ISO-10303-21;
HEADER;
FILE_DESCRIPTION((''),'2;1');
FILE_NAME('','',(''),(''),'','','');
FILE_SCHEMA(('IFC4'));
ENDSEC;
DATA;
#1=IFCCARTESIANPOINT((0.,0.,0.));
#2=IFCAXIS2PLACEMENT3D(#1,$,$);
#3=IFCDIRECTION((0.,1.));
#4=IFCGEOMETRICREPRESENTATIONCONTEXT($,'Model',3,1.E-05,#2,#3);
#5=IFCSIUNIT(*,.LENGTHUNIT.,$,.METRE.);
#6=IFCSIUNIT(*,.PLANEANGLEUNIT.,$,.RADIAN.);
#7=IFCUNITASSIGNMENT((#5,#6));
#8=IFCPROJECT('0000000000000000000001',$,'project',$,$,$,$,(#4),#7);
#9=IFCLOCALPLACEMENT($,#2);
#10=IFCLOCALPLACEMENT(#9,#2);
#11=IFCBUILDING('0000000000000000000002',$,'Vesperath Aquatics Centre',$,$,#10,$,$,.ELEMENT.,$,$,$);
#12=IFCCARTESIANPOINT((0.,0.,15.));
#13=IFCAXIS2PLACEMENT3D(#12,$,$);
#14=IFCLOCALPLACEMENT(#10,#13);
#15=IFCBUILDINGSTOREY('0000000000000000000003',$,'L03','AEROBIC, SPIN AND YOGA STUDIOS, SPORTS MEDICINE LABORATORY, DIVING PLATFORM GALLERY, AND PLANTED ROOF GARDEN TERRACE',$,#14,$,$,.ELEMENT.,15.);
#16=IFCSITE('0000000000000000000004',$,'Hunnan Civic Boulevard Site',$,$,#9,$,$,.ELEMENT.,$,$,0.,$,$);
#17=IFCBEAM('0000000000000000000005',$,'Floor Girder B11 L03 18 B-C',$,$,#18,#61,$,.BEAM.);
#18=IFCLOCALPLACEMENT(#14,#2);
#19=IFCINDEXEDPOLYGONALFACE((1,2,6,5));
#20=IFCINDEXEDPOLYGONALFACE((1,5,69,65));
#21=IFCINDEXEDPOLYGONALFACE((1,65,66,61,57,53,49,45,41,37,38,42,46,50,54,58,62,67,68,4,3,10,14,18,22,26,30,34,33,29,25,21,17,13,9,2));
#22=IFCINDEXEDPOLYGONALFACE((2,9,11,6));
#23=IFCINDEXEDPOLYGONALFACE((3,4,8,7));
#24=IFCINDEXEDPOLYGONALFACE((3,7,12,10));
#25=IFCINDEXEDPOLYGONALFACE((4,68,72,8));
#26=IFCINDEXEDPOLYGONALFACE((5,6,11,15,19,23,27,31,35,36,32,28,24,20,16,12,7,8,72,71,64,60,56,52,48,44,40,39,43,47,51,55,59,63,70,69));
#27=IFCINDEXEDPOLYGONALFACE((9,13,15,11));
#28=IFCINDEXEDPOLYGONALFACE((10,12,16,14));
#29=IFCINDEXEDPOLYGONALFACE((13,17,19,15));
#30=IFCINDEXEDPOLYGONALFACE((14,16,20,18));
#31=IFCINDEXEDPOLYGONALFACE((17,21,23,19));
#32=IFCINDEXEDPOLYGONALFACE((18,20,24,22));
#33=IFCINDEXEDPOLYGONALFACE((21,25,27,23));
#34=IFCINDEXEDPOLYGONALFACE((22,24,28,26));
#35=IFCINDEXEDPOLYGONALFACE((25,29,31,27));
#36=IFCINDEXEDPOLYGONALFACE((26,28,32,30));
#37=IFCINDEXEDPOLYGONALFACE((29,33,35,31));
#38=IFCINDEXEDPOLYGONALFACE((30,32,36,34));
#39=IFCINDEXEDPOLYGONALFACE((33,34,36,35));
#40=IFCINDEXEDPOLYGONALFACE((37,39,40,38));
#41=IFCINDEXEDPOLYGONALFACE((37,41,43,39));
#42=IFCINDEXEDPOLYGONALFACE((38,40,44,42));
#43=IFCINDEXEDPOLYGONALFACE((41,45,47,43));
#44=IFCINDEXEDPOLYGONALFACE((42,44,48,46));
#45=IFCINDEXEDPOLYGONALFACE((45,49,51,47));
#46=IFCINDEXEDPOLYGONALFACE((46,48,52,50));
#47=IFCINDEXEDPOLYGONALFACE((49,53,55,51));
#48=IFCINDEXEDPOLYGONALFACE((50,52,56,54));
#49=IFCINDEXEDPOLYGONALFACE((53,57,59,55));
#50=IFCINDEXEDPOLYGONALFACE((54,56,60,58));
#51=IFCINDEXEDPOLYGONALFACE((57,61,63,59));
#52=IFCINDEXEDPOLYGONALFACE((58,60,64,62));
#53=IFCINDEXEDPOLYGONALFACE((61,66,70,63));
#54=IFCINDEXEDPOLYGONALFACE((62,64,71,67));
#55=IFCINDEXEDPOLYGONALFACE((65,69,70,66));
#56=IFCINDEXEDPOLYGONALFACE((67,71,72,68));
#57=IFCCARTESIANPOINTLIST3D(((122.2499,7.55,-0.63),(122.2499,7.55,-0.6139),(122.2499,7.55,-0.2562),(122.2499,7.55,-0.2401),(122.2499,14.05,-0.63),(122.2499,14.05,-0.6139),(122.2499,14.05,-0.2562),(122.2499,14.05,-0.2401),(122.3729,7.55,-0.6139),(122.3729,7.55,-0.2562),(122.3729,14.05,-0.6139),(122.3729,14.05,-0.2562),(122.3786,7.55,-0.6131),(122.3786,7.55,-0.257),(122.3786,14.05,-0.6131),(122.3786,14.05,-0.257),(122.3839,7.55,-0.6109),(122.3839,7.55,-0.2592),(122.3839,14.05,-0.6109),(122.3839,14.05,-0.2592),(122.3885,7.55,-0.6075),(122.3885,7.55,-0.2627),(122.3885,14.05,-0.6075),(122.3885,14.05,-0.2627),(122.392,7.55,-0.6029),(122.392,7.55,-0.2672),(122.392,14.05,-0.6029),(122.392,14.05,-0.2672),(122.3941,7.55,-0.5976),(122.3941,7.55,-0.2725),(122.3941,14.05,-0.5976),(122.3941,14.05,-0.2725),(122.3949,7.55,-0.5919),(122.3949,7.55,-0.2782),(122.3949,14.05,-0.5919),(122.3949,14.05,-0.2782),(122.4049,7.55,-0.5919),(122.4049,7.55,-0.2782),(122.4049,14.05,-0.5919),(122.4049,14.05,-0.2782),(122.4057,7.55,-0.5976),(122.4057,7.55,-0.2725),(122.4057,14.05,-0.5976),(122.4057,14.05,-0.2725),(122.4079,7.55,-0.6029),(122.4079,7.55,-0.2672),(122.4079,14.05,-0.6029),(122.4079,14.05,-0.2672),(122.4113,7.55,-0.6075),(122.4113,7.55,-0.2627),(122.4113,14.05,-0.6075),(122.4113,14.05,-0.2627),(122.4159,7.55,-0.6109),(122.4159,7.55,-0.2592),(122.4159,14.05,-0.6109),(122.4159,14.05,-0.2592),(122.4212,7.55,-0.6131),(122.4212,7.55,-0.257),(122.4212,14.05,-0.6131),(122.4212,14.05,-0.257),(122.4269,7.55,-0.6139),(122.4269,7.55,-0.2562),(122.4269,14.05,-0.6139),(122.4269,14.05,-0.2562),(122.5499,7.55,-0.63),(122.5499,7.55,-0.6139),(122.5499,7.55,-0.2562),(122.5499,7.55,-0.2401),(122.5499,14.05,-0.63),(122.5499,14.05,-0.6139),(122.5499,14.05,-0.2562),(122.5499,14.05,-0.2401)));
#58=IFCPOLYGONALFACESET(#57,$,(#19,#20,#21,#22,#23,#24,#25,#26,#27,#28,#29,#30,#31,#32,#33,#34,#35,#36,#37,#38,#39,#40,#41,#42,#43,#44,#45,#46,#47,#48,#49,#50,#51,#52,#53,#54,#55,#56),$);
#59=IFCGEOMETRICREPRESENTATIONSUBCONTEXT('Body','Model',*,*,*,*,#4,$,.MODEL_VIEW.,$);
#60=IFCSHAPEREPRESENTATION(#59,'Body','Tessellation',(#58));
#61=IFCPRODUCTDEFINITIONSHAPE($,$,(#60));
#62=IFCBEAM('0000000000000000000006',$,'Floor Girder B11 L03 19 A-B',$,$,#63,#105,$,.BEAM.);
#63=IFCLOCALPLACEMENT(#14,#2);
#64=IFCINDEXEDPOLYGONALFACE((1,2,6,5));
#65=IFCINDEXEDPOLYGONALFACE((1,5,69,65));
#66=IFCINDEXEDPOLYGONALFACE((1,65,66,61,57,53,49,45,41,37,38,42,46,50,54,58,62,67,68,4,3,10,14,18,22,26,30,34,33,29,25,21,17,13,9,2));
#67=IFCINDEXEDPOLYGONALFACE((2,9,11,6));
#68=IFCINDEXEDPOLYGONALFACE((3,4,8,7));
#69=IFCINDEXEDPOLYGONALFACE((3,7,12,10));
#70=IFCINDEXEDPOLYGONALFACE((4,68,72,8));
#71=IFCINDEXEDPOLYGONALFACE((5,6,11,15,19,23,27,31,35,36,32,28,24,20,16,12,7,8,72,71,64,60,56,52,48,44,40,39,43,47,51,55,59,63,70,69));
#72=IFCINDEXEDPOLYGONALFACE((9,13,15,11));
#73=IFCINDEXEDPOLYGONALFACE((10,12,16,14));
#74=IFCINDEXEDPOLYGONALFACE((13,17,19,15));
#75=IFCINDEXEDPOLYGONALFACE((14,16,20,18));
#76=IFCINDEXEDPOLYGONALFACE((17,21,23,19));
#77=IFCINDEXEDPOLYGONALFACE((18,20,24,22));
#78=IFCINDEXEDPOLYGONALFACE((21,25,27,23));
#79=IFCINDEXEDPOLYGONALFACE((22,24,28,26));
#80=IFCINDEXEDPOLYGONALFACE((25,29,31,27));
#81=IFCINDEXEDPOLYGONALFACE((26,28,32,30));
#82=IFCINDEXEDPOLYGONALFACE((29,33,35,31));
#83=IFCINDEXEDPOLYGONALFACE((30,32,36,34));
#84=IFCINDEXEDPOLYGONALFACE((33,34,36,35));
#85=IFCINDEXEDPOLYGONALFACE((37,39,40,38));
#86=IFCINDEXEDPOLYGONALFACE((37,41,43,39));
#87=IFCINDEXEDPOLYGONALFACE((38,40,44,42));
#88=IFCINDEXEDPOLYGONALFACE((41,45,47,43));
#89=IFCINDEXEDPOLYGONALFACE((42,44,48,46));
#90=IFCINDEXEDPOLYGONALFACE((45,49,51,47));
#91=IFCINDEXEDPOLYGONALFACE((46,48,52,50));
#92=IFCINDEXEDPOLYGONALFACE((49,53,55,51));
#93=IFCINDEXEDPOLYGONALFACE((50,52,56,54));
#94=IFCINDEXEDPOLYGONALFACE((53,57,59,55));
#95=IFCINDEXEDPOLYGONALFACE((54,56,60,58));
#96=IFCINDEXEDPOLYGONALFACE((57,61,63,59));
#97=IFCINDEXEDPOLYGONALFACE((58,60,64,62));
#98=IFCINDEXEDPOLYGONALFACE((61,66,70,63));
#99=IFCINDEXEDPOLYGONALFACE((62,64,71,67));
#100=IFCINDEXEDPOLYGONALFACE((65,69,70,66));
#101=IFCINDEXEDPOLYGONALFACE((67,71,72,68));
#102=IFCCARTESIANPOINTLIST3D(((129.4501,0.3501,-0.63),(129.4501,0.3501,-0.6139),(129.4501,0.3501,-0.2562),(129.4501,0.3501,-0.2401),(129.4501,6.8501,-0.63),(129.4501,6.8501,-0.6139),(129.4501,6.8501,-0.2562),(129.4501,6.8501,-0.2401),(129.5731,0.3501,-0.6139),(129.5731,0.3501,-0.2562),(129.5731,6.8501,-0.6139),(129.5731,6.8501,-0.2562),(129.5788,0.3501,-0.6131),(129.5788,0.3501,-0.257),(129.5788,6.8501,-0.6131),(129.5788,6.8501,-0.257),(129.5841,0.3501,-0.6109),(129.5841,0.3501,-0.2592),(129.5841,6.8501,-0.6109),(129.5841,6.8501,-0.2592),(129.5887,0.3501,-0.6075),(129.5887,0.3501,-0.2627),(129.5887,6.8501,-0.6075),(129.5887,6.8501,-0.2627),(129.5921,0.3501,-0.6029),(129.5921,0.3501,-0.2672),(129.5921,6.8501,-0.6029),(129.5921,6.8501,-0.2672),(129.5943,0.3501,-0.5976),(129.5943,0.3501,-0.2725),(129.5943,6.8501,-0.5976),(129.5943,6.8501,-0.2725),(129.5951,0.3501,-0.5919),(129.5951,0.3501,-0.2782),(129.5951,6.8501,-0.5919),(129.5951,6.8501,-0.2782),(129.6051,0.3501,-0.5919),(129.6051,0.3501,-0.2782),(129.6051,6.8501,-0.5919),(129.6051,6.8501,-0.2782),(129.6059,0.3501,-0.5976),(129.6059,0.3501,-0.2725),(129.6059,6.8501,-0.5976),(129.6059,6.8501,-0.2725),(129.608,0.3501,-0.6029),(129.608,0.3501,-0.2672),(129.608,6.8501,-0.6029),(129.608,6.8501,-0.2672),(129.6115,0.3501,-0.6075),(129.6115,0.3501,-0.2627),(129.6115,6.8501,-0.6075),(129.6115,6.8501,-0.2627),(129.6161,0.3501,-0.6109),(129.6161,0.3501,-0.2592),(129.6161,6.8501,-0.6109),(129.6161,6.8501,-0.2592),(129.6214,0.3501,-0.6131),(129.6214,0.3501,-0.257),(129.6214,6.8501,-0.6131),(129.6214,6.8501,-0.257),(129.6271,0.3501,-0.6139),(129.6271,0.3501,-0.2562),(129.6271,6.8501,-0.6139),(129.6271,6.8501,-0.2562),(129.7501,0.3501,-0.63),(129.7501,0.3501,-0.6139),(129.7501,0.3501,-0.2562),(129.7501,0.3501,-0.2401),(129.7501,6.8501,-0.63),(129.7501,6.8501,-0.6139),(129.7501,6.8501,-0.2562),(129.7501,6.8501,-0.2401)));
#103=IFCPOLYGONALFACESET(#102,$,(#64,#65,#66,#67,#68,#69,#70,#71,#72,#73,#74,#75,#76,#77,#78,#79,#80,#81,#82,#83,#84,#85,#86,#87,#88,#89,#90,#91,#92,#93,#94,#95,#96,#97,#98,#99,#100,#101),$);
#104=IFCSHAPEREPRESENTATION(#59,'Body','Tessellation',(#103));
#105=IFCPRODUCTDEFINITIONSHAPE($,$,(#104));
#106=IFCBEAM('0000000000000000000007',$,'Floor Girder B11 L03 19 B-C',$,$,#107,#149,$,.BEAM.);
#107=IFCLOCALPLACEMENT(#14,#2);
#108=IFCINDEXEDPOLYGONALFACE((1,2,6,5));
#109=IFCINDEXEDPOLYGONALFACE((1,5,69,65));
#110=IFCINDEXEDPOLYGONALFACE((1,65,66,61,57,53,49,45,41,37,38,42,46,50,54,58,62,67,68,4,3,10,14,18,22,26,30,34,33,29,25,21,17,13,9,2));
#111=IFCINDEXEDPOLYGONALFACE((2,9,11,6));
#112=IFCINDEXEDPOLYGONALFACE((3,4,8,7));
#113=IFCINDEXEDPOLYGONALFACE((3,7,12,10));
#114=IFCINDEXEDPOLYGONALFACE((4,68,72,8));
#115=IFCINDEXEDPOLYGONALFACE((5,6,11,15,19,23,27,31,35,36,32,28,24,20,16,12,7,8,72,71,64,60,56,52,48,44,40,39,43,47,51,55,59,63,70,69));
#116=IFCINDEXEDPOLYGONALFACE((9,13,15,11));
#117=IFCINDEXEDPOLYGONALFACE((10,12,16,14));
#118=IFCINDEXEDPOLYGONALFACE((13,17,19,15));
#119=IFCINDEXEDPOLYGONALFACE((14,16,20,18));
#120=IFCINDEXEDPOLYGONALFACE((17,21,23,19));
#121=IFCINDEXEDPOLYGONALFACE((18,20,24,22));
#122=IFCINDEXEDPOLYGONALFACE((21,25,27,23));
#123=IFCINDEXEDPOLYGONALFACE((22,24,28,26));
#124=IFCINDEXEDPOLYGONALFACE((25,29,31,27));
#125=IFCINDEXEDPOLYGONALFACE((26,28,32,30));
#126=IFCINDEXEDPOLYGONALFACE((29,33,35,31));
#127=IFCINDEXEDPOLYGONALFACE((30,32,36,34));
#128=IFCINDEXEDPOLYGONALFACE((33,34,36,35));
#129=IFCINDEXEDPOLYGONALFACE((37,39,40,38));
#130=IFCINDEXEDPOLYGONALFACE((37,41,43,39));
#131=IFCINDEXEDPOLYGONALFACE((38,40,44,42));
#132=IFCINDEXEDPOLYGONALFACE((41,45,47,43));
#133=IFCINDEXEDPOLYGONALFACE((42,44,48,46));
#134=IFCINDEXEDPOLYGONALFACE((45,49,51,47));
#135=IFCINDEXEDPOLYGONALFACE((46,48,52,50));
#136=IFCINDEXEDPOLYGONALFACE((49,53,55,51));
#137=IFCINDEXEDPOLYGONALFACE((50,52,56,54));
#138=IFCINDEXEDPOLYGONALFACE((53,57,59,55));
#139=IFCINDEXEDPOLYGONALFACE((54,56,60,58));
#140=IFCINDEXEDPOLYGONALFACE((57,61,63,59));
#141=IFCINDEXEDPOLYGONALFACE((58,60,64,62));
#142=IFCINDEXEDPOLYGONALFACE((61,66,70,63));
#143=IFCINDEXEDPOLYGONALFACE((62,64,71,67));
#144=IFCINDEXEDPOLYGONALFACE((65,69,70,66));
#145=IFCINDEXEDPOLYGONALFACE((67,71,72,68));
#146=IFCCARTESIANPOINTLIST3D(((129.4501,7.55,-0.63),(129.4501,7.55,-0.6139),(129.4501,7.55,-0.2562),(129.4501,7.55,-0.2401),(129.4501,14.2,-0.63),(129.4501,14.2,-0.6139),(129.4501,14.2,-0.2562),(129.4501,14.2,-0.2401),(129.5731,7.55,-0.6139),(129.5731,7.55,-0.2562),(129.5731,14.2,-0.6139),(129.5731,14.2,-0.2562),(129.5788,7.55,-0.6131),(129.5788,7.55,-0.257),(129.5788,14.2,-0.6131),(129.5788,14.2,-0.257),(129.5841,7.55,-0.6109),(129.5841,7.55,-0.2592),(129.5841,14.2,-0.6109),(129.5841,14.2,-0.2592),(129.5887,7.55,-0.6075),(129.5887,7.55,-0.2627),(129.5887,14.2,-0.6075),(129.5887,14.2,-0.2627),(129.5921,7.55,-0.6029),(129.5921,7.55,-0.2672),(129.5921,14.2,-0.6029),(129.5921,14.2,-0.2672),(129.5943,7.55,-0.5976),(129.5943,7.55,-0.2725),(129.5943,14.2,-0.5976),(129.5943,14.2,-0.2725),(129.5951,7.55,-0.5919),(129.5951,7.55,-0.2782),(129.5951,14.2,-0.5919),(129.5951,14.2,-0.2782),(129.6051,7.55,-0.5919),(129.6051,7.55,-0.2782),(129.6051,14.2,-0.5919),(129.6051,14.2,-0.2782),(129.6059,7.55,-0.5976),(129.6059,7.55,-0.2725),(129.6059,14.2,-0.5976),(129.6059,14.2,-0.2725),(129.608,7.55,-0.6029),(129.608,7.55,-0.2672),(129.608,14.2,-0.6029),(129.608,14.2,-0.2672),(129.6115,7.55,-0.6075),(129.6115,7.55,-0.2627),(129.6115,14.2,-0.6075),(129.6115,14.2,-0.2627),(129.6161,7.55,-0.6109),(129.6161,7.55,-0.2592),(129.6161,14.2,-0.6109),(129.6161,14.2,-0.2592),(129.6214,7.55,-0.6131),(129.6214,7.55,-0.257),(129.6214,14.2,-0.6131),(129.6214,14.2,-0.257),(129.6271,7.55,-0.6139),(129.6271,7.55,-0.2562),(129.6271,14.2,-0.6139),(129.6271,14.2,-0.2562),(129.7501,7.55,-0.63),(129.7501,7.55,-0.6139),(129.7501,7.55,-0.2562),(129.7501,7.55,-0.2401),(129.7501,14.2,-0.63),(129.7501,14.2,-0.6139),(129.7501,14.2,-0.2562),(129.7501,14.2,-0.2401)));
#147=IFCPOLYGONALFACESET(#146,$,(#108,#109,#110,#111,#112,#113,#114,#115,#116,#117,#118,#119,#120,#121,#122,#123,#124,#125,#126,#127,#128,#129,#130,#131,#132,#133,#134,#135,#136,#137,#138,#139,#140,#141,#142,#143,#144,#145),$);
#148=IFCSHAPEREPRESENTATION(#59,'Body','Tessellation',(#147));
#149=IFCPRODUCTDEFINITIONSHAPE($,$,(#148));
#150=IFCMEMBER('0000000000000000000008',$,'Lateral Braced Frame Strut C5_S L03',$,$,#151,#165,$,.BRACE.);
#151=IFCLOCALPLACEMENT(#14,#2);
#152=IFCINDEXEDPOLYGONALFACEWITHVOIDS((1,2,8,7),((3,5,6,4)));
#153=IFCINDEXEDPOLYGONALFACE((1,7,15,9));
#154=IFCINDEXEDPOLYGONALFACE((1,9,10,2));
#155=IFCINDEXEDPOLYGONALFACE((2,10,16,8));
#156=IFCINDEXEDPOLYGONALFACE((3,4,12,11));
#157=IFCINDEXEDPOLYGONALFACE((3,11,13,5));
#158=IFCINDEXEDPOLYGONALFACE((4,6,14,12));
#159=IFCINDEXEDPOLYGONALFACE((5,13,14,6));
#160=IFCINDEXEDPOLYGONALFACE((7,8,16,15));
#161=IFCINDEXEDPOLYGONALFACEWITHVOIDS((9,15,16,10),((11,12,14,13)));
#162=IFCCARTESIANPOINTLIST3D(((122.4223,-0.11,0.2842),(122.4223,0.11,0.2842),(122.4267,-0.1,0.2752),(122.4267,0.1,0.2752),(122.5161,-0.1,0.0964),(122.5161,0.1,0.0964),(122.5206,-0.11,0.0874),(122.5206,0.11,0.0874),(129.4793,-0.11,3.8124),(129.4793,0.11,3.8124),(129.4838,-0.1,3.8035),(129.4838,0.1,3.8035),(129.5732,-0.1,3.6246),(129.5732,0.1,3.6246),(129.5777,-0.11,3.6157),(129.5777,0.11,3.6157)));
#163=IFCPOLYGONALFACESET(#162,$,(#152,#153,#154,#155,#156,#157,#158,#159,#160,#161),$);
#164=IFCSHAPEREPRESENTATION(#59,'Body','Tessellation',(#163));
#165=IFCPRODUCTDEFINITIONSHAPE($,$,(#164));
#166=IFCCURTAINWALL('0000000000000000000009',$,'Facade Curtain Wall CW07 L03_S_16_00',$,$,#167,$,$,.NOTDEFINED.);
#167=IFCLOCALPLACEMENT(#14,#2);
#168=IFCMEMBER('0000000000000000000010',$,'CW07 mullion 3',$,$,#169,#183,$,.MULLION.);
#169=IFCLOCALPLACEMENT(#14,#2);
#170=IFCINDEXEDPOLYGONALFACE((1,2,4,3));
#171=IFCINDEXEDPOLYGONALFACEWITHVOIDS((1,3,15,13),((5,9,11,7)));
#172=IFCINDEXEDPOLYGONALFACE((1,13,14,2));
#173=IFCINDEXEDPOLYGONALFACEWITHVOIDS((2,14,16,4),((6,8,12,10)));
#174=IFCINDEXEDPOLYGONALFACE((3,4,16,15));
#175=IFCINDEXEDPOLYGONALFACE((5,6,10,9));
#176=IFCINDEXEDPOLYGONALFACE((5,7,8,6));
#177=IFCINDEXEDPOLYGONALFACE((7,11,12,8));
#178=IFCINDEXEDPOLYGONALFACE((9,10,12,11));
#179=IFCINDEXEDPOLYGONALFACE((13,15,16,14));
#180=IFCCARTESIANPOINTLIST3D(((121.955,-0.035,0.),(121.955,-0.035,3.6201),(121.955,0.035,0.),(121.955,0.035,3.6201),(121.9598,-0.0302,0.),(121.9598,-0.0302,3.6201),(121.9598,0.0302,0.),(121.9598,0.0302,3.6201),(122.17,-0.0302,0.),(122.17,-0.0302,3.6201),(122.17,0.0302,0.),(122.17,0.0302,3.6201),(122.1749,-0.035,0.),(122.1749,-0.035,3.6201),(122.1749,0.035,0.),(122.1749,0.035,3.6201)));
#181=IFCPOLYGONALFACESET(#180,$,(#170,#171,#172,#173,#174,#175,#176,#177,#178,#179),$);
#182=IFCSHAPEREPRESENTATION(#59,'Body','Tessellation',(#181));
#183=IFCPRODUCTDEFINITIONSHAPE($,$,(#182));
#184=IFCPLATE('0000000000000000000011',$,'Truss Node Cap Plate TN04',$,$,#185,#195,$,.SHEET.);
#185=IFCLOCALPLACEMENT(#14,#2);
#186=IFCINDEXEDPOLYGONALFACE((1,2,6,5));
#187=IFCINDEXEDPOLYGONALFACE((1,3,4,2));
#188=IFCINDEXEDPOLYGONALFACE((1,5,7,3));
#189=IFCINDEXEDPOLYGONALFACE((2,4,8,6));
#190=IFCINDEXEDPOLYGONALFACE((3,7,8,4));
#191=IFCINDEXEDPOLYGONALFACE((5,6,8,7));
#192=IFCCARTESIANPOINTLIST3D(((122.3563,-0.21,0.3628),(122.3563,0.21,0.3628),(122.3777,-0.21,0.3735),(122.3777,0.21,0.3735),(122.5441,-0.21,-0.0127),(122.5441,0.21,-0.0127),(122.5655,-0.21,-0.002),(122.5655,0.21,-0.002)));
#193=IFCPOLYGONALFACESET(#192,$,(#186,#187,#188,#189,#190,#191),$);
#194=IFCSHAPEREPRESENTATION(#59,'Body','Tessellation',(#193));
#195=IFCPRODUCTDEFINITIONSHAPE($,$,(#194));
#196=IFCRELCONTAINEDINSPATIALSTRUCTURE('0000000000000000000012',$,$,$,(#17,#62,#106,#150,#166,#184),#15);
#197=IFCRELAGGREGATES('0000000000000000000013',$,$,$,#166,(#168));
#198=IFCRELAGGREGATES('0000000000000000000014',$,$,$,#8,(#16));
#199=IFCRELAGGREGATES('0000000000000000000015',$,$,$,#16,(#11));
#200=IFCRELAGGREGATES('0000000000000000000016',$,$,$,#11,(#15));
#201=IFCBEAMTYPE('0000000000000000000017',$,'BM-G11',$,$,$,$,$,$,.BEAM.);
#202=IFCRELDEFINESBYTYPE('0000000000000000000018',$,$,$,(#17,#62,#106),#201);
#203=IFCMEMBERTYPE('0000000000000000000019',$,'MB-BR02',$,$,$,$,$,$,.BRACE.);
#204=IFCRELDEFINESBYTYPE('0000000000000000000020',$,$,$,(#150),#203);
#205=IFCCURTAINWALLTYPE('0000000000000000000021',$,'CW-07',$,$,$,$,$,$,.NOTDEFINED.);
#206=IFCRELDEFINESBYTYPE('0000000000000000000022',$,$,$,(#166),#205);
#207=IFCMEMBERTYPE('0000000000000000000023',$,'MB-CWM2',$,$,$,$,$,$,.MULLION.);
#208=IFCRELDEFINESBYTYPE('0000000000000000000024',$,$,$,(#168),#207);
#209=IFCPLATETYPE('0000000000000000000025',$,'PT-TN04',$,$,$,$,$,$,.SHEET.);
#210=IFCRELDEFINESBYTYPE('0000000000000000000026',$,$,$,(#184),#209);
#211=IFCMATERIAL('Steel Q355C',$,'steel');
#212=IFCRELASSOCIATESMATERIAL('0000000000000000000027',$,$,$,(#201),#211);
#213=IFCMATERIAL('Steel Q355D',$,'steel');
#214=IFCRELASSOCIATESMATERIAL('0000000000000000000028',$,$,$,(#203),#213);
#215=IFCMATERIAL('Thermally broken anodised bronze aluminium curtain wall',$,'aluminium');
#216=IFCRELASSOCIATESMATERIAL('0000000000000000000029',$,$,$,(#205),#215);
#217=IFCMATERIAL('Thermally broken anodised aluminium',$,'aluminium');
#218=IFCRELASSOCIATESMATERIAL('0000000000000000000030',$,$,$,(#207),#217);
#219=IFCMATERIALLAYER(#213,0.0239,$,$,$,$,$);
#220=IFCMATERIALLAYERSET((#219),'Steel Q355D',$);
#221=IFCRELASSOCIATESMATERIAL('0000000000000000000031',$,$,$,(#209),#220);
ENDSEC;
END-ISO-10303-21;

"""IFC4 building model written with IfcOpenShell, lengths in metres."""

from ifc_helpers import new_model, si_unit, direction, frame, origin, origin_2d, place, context, subcontext, project, spatial, rectangle, hollow_rectangle, i_section, extrude, material, layer, layer_set, material_profile, profile_set, type_object, element, aggregate, save


model = new_model("IFC4")

# Units and contexts
model_context = context("Model", 3, precision=1e-05, world=origin(), true_north=direction((0.0, 1.0)))
body_context = subcontext(model_context, "Body", "Model", "MODEL_VIEW")
ifc_project = project(units=[si_unit("LENGTHUNIT", "METRE"), si_unit("PLANEANGLEUNIT", "RADIAN")], contexts=[model_context])

# Site, building, storey
site_placement = place(None, origin())
site = spatial("IfcSite", under=ifc_project, at=site_placement, Name="Hunnan Civic Boulevard Site", CompositionType="ELEMENT", RefElevation=0.0)
building_placement = place(site_placement, origin())
building = spatial("IfcBuilding", under=site, at=building_placement, Name="Vesperath Aquatics Centre", CompositionType="ELEMENT")
storey_placement = place(building_placement, frame((0.0, 0.0, 15.0)))
storey = spatial("IfcBuildingStorey", under=building, at=storey_placement, Name="L03", Description="AEROBIC, SPIN AND YOGA STUDIOS, SPORTS MEDICINE LABORATORY, DIVING PLATFORM GALLERY, AND PLANTED ROOF GARDEN TERRACE", CompositionType="ELEMENT", Elevation=15.0)

# Beams
ifc_material_1 = material(Name="Steel Q355C", Category="steel")
ifc_material_profile_1 = material_profile(ifc_material_1, i_section(OverallWidth=0.3, OverallDepth=0.3899, WebThickness=0.01, FlangeThickness=0.0161, FilletRadius=0.022, at=origin_2d()), Name="HM 390x300x10x16")
ifc_profile_set_1 = profile_set([ifc_material_profile_1], Name="Steel Q355C")
beam_type_1 = type_object("IfcBeamType", Name="BM-G11", PredefinedType="BEAM", material=ifc_profile_set_1)
for number, where, z_axis, x_axis, name in (
    (1, (122.3999, 7.55, -0.4351), (0.0, 1.0, 0.0), (-1.0, 0.0, 0.0), "Floor Girder B11 L03 18 B-C"),
    (2, (129.6001, 0.3501, -0.4351), (0.0, 1.0, 0.0), (-1.0, 0.0, 0.0), "Floor Girder B11 L03 19 A-B"),
):
    element("IfcBeam", number, at=place(storey_placement, frame(where, z_axis=z_axis, x_axis=x_axis)), inside=storey, type_object=beam_type_1, Name=name, PredefinedType="BEAM", context=body_context, shape_type="SweptSolid", body=[
        extrude(i_section(OverallWidth=0.3, OverallDepth=0.3899, WebThickness=0.01, FlangeThickness=0.0161, FilletRadius=0.022, at=origin_2d()), origin(), (0.0, 0.0, 1.0), 6.5),
    ])
beam_1_placement = place(storey_placement, frame((129.6001, 7.55, -0.4351), z_axis=(0.0, 1.0, 0.0), x_axis=(-1.0, 0.0, 0.0)))
element("IfcBeam", 3, at=beam_1_placement, inside=storey, type_object=beam_type_1, Name="Floor Girder B11 L03 19 B-C", PredefinedType="BEAM", context=body_context, shape_type="SweptSolid", body=[
    extrude(i_section(OverallWidth=0.3, OverallDepth=0.3899, WebThickness=0.01, FlangeThickness=0.0161, FilletRadius=0.022, at=origin_2d()), origin(), (0.0, 0.0, 1.0), 6.6499),
])

# Member
ifc_material_2 = material(Name="Steel Q355D", Category="steel")
ifc_material_profile_2 = material_profile(ifc_material_2, hollow_rectangle(XDim=0.22, YDim=0.22, WallThickness=0.01, at=origin_2d()), Name="SHS 220x220x10")
ifc_profile_set_2 = profile_set([ifc_material_profile_2], Name="Steel Q355D")
member_type_1 = type_object("IfcMemberType", Name="MB-BR02", PredefinedType="BRACE", material=ifc_profile_set_2)
member_1_placement = place(storey_placement, frame((122.4714, 0.0, 0.1858), z_axis=(0.89444, 0.0, 0.447189), x_axis=(0.0, 1.0, 0.0)))
element("IfcMember", 4, at=member_1_placement, inside=storey, type_object=member_type_1, Name="Lateral Braced Frame Strut C5_S L03", PredefinedType="BRACE", context=body_context, shape_type="SweptSolid", body=[
    extrude(hollow_rectangle(XDim=0.22, YDim=0.22, WallThickness=0.01, at=origin_2d()), origin(), (0.0, 0.0, 1.0), 7.8899),
])

# Curtain wall, member
ifc_material_3 = material(Name="Thermally broken anodised bronze aluminium curtain wall", Category="aluminium")
curtain_wall_type = type_object("IfcCurtainWallType", Name="CW-07", PredefinedType="NOTDEFINED", material=ifc_material_3)
curtain_wall_placement = place(storey_placement, origin())
curtain_wall = element("IfcCurtainWall", 5, at=curtain_wall_placement, inside=storey, type_object=curtain_wall_type, Name="Facade Curtain Wall CW07 L03_S_16_00", PredefinedType="NOTDEFINED")
ifc_material_4 = material(Name="Thermally broken anodised aluminium", Category="aluminium")
ifc_material_profile_3 = material_profile(ifc_material_4, hollow_rectangle(XDim=0.0701, YDim=0.22, WallThickness=0.0049, at=origin_2d()), Name="CWM 70x220x5")
ifc_profile_set_3 = profile_set([ifc_material_profile_3], Name="Thermally broken anodised aluminium")
member_type_2 = type_object("IfcMemberType", Name="MB-CWM2", PredefinedType="MULLION", material=ifc_profile_set_3)
member_2_placement = place(storey_placement, frame((122.0649, 0.0, 0.0), z_axis=(0.0, 0.0, 1.0), x_axis=(0.0, 1.0, 0.0)))
member_2 = element("IfcMember", 6, at=member_2_placement, type_object=member_type_2, Name="CW07 mullion 3", PredefinedType="MULLION", context=body_context, shape_type="SweptSolid", body=[
    extrude(hollow_rectangle(XDim=0.0701, YDim=0.22, WallThickness=0.0049, at=origin_2d()), origin(), (0.0, 0.0, 1.0), 3.6201),
])
aggregate(curtain_wall, [member_2])

# Plate
ifc_layer_1 = layer(ifc_material_2, 0.0239)
ifc_layer_set_1 = layer_set([ifc_layer_1], Name="Steel Q355D")
plate_type = type_object("IfcPlateType", Name="PT-TN04", PredefinedType="SHEET", material=ifc_layer_set_1)
for number, where, z_axis, x_axis, name in (
    (7, (122.4502, 0.0, 0.175), (0.894427, 0.0, 0.447214), (0.0, 1.0, 0.0), "Truss Node Cap Plate TN04"),
):
    element("IfcPlate", number, at=place(storey_placement, frame(where, z_axis=z_axis, x_axis=x_axis)), inside=storey, type_object=plate_type, Name=name, PredefinedType="SHEET", context=body_context, shape_type="SweptSolid", body=[
        extrude(rectangle(XDim=0.4199, YDim=0.4199, at=origin_2d()), origin(), (0.0, 0.0, 1.0), 0.0239),
    ])

save(model, "model.ifc")
